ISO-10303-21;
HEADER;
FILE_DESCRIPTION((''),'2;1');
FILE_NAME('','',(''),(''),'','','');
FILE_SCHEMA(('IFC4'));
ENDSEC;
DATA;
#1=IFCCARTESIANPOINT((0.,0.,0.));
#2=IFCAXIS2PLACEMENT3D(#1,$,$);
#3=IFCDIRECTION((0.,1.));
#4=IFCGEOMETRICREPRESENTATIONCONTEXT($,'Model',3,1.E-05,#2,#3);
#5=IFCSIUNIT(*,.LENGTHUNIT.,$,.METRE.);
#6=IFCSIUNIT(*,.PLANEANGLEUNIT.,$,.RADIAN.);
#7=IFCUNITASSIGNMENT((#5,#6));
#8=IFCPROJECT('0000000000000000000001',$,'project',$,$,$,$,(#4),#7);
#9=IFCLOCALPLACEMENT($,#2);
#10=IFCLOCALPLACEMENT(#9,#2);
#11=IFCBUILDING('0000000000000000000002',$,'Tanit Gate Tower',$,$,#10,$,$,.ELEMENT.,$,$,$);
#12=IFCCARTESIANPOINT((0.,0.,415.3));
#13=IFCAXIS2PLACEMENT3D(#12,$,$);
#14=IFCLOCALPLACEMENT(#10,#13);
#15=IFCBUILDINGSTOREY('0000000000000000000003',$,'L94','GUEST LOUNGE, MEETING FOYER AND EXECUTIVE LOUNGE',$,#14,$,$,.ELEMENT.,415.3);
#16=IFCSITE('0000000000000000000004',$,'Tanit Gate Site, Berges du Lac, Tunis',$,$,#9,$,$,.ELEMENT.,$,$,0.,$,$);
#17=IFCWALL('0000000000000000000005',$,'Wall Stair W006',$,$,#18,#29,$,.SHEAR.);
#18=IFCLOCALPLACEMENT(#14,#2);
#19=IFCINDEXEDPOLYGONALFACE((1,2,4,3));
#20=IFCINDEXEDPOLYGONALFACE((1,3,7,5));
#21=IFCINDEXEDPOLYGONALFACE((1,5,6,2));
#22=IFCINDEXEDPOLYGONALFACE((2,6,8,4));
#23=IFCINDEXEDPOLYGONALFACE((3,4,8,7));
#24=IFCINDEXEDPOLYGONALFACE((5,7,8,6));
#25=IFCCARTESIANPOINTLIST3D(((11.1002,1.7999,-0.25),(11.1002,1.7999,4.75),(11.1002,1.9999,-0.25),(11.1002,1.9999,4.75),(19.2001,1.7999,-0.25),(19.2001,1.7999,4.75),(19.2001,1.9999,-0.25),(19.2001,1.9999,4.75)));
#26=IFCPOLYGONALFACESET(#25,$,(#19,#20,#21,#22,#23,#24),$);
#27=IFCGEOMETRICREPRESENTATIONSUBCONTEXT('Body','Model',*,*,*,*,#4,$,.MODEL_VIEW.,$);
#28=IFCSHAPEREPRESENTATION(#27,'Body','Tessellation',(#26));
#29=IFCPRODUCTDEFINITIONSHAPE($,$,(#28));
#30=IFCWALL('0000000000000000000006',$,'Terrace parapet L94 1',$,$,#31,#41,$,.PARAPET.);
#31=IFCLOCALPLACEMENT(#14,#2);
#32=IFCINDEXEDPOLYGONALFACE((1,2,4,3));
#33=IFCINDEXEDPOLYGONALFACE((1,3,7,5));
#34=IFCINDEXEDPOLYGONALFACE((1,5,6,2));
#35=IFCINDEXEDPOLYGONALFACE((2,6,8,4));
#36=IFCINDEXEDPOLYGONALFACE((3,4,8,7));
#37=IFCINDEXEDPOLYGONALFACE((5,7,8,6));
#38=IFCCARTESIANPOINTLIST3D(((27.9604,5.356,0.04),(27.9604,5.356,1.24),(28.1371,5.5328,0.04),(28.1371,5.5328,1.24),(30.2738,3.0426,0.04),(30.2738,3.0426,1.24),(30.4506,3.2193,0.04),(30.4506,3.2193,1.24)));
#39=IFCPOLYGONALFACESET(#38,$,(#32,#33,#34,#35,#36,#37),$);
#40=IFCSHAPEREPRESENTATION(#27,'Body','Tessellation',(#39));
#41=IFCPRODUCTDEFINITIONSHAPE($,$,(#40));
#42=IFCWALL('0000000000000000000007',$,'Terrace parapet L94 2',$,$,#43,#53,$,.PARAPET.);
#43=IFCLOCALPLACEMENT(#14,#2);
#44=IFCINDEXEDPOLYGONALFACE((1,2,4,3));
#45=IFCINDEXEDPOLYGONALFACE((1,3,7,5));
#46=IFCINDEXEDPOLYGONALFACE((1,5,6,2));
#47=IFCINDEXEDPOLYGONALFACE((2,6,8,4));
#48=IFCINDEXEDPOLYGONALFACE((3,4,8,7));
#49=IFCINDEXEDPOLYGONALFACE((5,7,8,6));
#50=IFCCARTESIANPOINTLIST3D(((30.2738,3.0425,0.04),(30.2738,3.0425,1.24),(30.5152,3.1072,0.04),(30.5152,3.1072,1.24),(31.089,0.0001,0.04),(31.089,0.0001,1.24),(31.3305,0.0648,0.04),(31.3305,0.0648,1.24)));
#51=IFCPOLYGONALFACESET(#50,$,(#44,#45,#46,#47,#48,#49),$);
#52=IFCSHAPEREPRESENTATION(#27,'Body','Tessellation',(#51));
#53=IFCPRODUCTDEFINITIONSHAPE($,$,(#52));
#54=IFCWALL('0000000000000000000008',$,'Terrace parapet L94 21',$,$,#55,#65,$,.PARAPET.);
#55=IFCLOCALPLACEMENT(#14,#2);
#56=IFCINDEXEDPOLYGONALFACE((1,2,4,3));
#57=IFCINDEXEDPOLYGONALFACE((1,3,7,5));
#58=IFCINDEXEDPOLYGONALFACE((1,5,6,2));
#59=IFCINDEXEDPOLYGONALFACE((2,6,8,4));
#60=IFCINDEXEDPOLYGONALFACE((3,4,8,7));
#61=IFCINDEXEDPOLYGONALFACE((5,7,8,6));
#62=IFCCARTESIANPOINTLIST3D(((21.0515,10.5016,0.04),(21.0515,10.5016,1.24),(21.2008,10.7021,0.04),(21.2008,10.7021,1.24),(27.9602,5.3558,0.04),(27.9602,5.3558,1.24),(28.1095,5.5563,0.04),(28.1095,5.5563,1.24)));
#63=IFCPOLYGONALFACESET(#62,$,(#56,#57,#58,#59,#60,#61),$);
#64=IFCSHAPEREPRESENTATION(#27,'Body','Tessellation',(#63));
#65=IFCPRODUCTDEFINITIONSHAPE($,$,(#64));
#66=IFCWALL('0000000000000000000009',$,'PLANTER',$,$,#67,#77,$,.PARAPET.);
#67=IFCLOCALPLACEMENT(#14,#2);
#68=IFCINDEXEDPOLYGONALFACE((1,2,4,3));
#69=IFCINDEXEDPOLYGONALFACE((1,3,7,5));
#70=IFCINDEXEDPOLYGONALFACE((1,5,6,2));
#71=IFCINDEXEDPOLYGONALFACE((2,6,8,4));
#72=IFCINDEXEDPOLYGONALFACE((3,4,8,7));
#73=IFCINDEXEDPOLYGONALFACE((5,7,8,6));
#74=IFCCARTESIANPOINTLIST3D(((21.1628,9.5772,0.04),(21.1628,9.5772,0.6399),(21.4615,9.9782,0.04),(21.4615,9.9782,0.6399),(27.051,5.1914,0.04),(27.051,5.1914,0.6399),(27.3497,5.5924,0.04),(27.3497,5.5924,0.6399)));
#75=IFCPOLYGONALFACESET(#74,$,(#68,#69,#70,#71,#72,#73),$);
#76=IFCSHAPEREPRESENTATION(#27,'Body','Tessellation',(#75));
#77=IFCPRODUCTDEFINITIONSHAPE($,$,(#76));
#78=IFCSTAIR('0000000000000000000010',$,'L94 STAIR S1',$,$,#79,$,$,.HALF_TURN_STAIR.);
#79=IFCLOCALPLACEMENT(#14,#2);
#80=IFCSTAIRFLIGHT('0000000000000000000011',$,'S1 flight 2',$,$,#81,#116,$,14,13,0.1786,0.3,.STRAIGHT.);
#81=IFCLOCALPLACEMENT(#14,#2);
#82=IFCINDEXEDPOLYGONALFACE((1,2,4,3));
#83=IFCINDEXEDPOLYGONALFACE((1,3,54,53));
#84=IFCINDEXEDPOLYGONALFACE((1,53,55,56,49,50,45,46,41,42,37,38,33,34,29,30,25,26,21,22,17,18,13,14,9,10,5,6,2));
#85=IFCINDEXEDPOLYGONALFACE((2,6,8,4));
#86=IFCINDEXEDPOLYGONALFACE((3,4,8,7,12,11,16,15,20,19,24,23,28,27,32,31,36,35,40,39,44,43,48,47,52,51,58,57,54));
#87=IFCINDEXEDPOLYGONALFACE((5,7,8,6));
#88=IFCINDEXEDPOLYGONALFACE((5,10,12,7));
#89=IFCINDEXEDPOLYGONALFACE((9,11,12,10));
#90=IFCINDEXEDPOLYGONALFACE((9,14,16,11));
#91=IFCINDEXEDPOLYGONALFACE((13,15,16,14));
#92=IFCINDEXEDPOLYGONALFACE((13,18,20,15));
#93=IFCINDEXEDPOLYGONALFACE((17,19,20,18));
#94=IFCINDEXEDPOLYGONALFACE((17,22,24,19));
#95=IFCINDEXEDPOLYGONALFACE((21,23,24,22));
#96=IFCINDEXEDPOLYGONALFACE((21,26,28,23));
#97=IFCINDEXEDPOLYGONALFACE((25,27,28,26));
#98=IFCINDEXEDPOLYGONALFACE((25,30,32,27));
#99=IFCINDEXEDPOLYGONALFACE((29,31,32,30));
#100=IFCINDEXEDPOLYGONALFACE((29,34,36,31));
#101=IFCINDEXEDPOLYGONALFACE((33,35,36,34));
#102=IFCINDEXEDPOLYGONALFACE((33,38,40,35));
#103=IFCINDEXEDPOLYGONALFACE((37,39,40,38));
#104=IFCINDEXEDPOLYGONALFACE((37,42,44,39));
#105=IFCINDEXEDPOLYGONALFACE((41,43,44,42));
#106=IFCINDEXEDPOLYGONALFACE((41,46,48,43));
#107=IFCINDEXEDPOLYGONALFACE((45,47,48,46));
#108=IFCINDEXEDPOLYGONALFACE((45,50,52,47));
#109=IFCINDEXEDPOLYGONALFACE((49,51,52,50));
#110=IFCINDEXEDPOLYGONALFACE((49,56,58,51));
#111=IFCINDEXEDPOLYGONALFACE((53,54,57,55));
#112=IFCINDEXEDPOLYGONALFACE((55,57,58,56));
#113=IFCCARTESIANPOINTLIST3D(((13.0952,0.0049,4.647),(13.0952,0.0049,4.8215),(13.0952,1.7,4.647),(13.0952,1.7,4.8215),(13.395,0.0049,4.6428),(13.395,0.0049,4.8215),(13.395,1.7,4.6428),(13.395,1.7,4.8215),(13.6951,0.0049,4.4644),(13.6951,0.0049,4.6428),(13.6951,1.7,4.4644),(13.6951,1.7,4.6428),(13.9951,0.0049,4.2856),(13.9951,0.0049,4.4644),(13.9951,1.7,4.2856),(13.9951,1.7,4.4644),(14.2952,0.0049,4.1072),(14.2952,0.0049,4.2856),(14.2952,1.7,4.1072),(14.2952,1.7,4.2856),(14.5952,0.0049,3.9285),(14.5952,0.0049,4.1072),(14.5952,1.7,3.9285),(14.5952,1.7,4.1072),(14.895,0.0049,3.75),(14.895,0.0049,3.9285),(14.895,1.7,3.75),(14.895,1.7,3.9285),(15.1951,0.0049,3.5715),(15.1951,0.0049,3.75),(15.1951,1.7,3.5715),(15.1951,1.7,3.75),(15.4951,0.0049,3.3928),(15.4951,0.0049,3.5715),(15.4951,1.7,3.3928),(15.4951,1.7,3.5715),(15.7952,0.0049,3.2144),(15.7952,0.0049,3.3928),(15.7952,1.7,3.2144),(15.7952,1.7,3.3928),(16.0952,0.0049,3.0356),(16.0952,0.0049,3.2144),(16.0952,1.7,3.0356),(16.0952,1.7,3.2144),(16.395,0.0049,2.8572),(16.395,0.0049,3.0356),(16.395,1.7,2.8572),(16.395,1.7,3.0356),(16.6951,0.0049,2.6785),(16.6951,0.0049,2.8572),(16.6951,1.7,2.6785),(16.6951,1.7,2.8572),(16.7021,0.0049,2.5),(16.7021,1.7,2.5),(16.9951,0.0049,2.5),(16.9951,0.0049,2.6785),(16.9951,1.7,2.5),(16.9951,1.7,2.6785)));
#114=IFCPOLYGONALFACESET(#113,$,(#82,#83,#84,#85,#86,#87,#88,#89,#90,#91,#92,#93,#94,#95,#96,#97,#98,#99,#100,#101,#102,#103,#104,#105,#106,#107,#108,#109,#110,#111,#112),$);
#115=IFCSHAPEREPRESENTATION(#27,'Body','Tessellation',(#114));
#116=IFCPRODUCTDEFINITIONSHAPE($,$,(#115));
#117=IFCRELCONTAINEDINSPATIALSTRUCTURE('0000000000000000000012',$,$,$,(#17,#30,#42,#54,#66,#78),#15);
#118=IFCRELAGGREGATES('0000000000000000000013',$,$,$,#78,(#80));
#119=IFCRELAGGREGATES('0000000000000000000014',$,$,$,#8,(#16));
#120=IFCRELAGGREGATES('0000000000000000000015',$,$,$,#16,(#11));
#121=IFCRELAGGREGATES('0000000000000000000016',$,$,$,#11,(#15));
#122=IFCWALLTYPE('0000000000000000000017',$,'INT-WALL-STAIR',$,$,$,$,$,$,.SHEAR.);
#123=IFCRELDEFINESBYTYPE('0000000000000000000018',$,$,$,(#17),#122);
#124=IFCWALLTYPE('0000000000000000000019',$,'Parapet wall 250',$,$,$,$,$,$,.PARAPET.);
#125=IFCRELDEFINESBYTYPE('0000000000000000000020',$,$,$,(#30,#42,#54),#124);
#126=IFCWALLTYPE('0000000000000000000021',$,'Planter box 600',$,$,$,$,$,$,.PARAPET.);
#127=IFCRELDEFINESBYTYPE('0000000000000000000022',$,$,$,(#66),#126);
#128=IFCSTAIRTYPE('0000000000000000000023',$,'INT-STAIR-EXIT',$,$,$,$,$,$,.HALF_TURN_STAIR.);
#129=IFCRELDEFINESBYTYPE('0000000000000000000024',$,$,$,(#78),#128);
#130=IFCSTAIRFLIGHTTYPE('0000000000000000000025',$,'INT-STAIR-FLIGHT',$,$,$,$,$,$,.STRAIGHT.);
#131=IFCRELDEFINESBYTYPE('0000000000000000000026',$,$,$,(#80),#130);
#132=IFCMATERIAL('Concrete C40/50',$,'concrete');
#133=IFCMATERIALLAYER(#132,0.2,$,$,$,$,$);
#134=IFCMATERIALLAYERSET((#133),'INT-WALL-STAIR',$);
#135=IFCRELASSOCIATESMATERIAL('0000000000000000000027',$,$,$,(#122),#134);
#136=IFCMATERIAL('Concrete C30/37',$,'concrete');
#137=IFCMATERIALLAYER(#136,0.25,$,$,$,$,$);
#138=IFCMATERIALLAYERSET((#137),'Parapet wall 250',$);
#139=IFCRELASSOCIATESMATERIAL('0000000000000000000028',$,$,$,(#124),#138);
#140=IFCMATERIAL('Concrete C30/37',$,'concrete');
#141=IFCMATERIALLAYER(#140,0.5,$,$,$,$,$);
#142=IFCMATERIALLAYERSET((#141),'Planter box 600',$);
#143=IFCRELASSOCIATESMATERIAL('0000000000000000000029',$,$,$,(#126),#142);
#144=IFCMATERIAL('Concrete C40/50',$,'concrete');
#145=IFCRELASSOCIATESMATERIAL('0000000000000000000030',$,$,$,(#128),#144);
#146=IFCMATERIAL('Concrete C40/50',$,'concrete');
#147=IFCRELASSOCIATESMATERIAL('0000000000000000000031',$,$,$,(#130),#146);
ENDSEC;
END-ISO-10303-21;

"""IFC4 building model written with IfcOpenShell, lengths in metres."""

from ifc_helpers import new_model, si_unit, direction, frame, frame_2d, origin, place, context, subcontext, project, spatial, polyline, rectangle, outline, extrude, material, layer, layer_set, type_object, element, aggregate, save


model = new_model("IFC4")

# Units and contexts
model_context = context("Model", 3, precision=1e-05, world=origin(), true_north=direction((0.0, 1.0)))
body_context = subcontext(model_context, "Body", "Model", "MODEL_VIEW")
ifc_project = project(units=[si_unit("LENGTHUNIT", "METRE"), si_unit("PLANEANGLEUNIT", "RADIAN")], contexts=[model_context])

# Site, building, storey
site_placement = place(None, origin())
site = spatial("IfcSite", under=ifc_project, at=site_placement, Name="Tanit Gate Site, Berges du Lac, Tunis", CompositionType="ELEMENT", RefElevation=0.0)
building_placement = place(site_placement, origin())
building = spatial("IfcBuilding", under=site, at=building_placement, Name="Tanit Gate Tower", CompositionType="ELEMENT")
storey_placement = place(building_placement, frame((0.0, 0.0, 415.3)))
storey = spatial("IfcBuildingStorey", under=building, at=storey_placement, Name="L94", Description="GUEST LOUNGE, MEETING FOYER AND EXECUTIVE LOUNGE", CompositionType="ELEMENT", Elevation=415.3)

# Walls
ifc_material_1 = material(Name="Concrete C40/50", Category="concrete")
ifc_layer_1 = layer(ifc_material_1, 0.2)
ifc_layer_set_1 = layer_set([ifc_layer_1], Name="INT-WALL-STAIR")
wall_type_1 = type_object("IfcWallType", Name="INT-WALL-STAIR", PredefinedType="SHEAR", material=ifc_layer_set_1)
wall_1_placement = place(storey_placement, frame((19.2, 1.8999, -0.25), z_axis=(0.0, 0.0, 1.0), x_axis=(-1.0, 0.0, 0.0)))
element("IfcWall", 1, at=wall_1_placement, inside=storey, type_object=wall_type_1, Name="Wall Stair W006", PredefinedType="SHEAR", context=body_context, shape_type="SweptSolid", body=[
    extrude(rectangle(XDim=8.0999, YDim=0.2, at=frame_2d((4.0498, 0.0))), origin(), (0.0, 0.0, 1.0), 5.0),
])
ifc_material_2 = material(Name="Concrete C30/37", Category="concrete")
ifc_layer_2 = layer(ifc_material_2, 0.25)
ifc_layer_set_2 = layer_set([ifc_layer_2], Name="Parapet wall 250")
wall_type_2 = type_object("IfcWallType", Name="Parapet wall 250", PredefinedType="PARAPET", material=ifc_layer_set_2)
wall_2_placement = place(storey_placement, frame((28.0488, 5.4443, 0.04), z_axis=(0.0, 0.0, 1.0), x_axis=(0.707107, -0.707107, 0.0)))
element("IfcWall", 2, at=wall_2_placement, inside=storey, type_object=wall_type_2, Name="Terrace parapet L94 1", PredefinedType="PARAPET", context=body_context, shape_type="SweptSolid", body=[
    extrude(rectangle(XDim=3.2717, YDim=0.25, at=frame_2d((1.6357, 0.0))), origin(), (0.0, 0.0, 1.0), 1.2),
])
wall_3_placement = place(storey_placement, frame((30.3945, 3.0747, 0.04), z_axis=(0.0, 0.0, 1.0), x_axis=(0.258825, -0.965924, 0.0)))
element("IfcWall", 3, at=wall_3_placement, inside=storey, type_object=wall_type_2, Name="Terrace parapet L94 2", PredefinedType="PARAPET", context=body_context, shape_type="SweptSolid", body=[
    extrude(rectangle(XDim=3.1497, YDim=0.25, at=frame_2d((1.5747, 0.0))), origin(), (0.0, 0.0, 1.0), 1.2),
])
wall_4_placement = place(storey_placement, frame((21.1262, 10.6018, 0.04), z_axis=(0.0, 0.0, 1.0), x_axis=(0.801989, -0.597339, 0.0)))
element("IfcWall", 4, at=wall_4_placement, inside=storey, type_object=wall_type_2, Name="Terrace parapet L94 21", PredefinedType="PARAPET", context=body_context, shape_type="SweptSolid", body=[
    extrude(rectangle(XDim=8.6145, YDim=0.25, at=frame_2d((4.3071, 0.0))), origin(), (0.0, 0.0, 1.0), 1.2),
])
ifc_material_3 = material(Name="Concrete C30/37", Category="concrete")
ifc_layer_3 = layer(ifc_material_3, 0.5)
ifc_layer_set_3 = layer_set([ifc_layer_3], Name="Planter box 600")
wall_type_3 = type_object("IfcWallType", Name="Planter box 600", PredefinedType="PARAPET", material=ifc_layer_set_3)
wall_5_placement = place(storey_placement, frame((21.3123, 9.7776, 0.04), z_axis=(0.0, 0.0, 1.0), x_axis=(0.801983, -0.597347, 0.0)))
element("IfcWall", 5, at=wall_5_placement, inside=storey, type_object=wall_type_3, Name="PLANTER", PredefinedType="PARAPET", context=body_context, shape_type="SweptSolid", body=[
    extrude(rectangle(XDim=7.342, YDim=0.5, at=frame_2d((3.6709, 0.0))), origin(), (0.0, 0.0, 1.0), 0.5999),
])

# Stair, stair flight
ifc_material_4 = material(Name="Concrete C40/50", Category="concrete")
stair_type = type_object("IfcStairType", Name="INT-STAIR-EXIT", PredefinedType="HALF_TURN_STAIR", material=ifc_material_4)
stair_placement = place(storey_placement, origin())
stair = element("IfcStair", 6, at=stair_placement, inside=storey, type_object=stair_type, Name="L94 STAIR S1", PredefinedType="HALF_TURN_STAIR")
ifc_material_5 = material(Name="Concrete C40/50", Category="concrete")
stair_flight_type = type_object("IfcStairFlightType", Name="INT-STAIR-FLIGHT", PredefinedType="STRAIGHT", material=ifc_material_5)
stair_flight_placement = place(storey_placement, frame((16.9951, 0.8525, 2.5), z_axis=(0.0, 0.0, 1.0), x_axis=(-1.0, 0.0, 0.0)))
stair_flight = element("IfcStairFlight", 7, at=stair_flight_placement, type_object=stair_flight_type, Name="S1 flight 2", NumberOfRisers=14, NumberOfTreads=13, PredefinedType="STRAIGHT", RiserHeight=0.1786, TreadLength=0.3, context=body_context, shape_type="SweptSolid", body=[
    extrude(outline(polyline([(0.0, 0.0), (0.0, 0.1785), (0.3, 0.1785), (0.3, 0.3572), (0.6001, 0.3572), (0.6001, 0.5356), (0.8999, 0.5356), (0.8999, 0.7144), (1.2, 0.7144), (1.2, 0.8928), (1.5, 0.8928), (1.5, 1.0715), (1.8, 1.0715), (1.8, 1.25), (2.1001, 1.25), (2.1001, 1.4285), (2.3999, 1.4285), (2.3999, 1.6072), (2.7, 1.6072), (2.7, 1.7856), (3.0, 1.7856), (3.0, 1.9644), (3.3, 1.9644), (3.3, 2.1428), (3.6001, 2.1428), (3.6001, 2.3215), (3.8999, 2.3215), (3.8999, 2.5), (3.8999, 2.147), (0.293, 0.0), (0.0, 0.0)])), frame((0.0, 0.8477, 0.0), z_axis=(0.0, -1.0, 0.0), x_axis=(1.0, 0.0, 0.0)), (0.0, 0.0, 1.0), 1.6951),
])
aggregate(stair, [stair_flight])

save(model, "model.ifc")
